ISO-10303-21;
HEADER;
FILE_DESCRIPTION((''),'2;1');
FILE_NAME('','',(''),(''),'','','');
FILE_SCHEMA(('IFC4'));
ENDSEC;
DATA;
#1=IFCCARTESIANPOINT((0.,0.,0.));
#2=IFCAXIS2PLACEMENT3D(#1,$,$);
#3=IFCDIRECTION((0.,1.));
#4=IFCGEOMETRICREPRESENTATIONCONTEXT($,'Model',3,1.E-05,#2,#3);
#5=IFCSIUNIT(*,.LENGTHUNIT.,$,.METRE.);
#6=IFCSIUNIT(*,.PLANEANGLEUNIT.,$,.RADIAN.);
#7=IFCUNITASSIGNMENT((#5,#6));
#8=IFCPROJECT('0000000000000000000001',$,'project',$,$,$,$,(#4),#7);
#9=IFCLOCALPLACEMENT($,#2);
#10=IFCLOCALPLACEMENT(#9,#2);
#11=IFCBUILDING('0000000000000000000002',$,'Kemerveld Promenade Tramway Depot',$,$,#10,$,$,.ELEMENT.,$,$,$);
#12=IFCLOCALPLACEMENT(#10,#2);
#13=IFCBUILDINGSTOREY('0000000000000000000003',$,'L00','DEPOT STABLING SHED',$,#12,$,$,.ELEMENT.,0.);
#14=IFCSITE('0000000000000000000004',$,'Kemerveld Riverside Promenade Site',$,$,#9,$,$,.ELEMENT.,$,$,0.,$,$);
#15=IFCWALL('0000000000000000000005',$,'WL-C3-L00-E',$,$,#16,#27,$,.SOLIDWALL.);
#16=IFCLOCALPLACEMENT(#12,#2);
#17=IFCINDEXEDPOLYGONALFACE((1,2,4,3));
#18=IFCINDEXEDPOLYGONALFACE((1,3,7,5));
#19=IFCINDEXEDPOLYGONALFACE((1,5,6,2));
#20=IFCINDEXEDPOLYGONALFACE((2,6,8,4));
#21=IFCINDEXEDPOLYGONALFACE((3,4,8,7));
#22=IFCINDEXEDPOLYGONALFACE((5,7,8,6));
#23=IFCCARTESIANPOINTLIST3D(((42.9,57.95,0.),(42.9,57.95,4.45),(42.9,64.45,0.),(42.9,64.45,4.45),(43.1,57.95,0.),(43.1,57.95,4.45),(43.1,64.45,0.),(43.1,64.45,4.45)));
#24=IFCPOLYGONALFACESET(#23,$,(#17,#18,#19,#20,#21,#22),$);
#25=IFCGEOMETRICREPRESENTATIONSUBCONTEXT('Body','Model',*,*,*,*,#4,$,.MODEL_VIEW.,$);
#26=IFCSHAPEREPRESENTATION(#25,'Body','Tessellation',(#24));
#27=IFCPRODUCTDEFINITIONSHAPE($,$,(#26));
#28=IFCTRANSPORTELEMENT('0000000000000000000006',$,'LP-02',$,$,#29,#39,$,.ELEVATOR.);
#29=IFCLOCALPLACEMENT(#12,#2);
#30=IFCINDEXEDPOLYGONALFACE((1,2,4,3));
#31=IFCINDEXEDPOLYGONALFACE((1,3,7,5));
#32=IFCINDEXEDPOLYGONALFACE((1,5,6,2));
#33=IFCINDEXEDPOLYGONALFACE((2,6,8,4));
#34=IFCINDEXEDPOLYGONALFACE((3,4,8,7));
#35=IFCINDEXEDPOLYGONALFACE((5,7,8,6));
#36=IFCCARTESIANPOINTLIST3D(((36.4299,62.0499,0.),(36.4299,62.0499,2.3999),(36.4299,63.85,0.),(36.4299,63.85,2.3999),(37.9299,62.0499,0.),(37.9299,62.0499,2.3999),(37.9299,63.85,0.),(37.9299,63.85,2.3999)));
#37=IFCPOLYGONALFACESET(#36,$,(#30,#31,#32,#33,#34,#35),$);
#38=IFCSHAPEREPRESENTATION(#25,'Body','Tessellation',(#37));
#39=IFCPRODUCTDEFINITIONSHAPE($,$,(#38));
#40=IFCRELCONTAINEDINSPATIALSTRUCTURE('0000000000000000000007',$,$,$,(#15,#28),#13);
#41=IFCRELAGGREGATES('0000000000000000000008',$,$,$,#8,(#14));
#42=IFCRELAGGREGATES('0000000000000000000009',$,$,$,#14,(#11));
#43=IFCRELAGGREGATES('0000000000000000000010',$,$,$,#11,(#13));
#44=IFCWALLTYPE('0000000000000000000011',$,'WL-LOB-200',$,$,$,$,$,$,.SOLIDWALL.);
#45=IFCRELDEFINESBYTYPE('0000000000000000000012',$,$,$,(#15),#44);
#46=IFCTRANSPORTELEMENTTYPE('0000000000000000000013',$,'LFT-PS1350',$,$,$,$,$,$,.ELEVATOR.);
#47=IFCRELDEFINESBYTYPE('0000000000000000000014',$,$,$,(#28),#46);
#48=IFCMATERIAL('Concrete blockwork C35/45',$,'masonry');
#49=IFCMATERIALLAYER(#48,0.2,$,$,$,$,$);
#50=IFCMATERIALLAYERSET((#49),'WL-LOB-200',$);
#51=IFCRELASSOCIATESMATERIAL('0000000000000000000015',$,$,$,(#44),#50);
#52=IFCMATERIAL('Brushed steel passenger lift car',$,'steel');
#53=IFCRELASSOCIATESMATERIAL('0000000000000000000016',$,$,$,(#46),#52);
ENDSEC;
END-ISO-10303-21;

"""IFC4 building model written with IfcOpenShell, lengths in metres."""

from ifc_helpers import new_model, si_unit, direction, frame, frame_2d, origin, origin_2d, place, context, subcontext, project, spatial, rectangle, extrude, material, layer, layer_set, type_object, element, save


model = new_model("IFC4")

# Units and contexts
model_context = context("Model", 3, precision=1e-05, world=origin(), true_north=direction((0.0, 1.0)))
body_context = subcontext(model_context, "Body", "Model", "MODEL_VIEW")
ifc_project = project(units=[si_unit("LENGTHUNIT", "METRE"), si_unit("PLANEANGLEUNIT", "RADIAN")], contexts=[model_context])

# Site, building, storey
site_placement = place(None, origin())
site = spatial("IfcSite", under=ifc_project, at=site_placement, Name="Kemerveld Riverside Promenade Site", CompositionType="ELEMENT", RefElevation=0.0)
building_placement = place(site_placement, origin())
building = spatial("IfcBuilding", under=site, at=building_placement, Name="Kemerveld Promenade Tramway Depot", CompositionType="ELEMENT")
storey_placement = place(building_placement, origin())
storey = spatial("IfcBuildingStorey", under=building, at=storey_placement, Name="L00", Description="DEPOT STABLING SHED", CompositionType="ELEMENT", Elevation=0.0)

# Wall
ifc_material_1 = material(Name="Concrete blockwork C35/45", Category="masonry")
ifc_layer_1 = layer(ifc_material_1, 0.2)
ifc_layer_set_1 = layer_set([ifc_layer_1], Name="WL-LOB-200")
wall_type_1 = type_object("IfcWallType", Name="WL-LOB-200", PredefinedType="SOLIDWALL", material=ifc_layer_set_1)
wall_1_placement = place(storey_placement, frame((43.0, 57.95, 0.0), z_axis=(0.0, 0.0, 1.0), x_axis=(0.0, 1.0, 0.0)))
element("IfcWall", 1, at=wall_1_placement, inside=storey, type_object=wall_type_1, Name="WL-C3-L00-E", PredefinedType="SOLIDWALL", context=body_context, shape_type="SweptSolid", body=[
    extrude(rectangle(XDim=6.5, YDim=0.2, at=frame_2d((3.25, 0.0))), origin(), (0.0, 0.0, 1.0), 4.45),
])

# Transport element
ifc_material_2 = material(Name="Brushed steel passenger lift car", Category="steel")
transport_element_type = type_object("IfcTransportElementType", Name="LFT-PS1350", PredefinedType="ELEVATOR", material=ifc_material_2)
transport_element_placement = place(storey_placement, frame((37.1799, 62.95, 0.0), z_axis=(0.0, 0.0, 1.0), x_axis=(1.0, 0.0, 0.0)))
element("IfcTransportElement", 2, at=transport_element_placement, inside=storey, type_object=transport_element_type, Name="LP-02", PredefinedType="ELEVATOR", context=body_context, shape_type="SweptSolid", body=[
    extrude(rectangle(XDim=1.5, YDim=1.8, at=origin_2d()), origin(), (0.0, 0.0, 1.0), 2.3999),
])

save(model, "model.ifc")
